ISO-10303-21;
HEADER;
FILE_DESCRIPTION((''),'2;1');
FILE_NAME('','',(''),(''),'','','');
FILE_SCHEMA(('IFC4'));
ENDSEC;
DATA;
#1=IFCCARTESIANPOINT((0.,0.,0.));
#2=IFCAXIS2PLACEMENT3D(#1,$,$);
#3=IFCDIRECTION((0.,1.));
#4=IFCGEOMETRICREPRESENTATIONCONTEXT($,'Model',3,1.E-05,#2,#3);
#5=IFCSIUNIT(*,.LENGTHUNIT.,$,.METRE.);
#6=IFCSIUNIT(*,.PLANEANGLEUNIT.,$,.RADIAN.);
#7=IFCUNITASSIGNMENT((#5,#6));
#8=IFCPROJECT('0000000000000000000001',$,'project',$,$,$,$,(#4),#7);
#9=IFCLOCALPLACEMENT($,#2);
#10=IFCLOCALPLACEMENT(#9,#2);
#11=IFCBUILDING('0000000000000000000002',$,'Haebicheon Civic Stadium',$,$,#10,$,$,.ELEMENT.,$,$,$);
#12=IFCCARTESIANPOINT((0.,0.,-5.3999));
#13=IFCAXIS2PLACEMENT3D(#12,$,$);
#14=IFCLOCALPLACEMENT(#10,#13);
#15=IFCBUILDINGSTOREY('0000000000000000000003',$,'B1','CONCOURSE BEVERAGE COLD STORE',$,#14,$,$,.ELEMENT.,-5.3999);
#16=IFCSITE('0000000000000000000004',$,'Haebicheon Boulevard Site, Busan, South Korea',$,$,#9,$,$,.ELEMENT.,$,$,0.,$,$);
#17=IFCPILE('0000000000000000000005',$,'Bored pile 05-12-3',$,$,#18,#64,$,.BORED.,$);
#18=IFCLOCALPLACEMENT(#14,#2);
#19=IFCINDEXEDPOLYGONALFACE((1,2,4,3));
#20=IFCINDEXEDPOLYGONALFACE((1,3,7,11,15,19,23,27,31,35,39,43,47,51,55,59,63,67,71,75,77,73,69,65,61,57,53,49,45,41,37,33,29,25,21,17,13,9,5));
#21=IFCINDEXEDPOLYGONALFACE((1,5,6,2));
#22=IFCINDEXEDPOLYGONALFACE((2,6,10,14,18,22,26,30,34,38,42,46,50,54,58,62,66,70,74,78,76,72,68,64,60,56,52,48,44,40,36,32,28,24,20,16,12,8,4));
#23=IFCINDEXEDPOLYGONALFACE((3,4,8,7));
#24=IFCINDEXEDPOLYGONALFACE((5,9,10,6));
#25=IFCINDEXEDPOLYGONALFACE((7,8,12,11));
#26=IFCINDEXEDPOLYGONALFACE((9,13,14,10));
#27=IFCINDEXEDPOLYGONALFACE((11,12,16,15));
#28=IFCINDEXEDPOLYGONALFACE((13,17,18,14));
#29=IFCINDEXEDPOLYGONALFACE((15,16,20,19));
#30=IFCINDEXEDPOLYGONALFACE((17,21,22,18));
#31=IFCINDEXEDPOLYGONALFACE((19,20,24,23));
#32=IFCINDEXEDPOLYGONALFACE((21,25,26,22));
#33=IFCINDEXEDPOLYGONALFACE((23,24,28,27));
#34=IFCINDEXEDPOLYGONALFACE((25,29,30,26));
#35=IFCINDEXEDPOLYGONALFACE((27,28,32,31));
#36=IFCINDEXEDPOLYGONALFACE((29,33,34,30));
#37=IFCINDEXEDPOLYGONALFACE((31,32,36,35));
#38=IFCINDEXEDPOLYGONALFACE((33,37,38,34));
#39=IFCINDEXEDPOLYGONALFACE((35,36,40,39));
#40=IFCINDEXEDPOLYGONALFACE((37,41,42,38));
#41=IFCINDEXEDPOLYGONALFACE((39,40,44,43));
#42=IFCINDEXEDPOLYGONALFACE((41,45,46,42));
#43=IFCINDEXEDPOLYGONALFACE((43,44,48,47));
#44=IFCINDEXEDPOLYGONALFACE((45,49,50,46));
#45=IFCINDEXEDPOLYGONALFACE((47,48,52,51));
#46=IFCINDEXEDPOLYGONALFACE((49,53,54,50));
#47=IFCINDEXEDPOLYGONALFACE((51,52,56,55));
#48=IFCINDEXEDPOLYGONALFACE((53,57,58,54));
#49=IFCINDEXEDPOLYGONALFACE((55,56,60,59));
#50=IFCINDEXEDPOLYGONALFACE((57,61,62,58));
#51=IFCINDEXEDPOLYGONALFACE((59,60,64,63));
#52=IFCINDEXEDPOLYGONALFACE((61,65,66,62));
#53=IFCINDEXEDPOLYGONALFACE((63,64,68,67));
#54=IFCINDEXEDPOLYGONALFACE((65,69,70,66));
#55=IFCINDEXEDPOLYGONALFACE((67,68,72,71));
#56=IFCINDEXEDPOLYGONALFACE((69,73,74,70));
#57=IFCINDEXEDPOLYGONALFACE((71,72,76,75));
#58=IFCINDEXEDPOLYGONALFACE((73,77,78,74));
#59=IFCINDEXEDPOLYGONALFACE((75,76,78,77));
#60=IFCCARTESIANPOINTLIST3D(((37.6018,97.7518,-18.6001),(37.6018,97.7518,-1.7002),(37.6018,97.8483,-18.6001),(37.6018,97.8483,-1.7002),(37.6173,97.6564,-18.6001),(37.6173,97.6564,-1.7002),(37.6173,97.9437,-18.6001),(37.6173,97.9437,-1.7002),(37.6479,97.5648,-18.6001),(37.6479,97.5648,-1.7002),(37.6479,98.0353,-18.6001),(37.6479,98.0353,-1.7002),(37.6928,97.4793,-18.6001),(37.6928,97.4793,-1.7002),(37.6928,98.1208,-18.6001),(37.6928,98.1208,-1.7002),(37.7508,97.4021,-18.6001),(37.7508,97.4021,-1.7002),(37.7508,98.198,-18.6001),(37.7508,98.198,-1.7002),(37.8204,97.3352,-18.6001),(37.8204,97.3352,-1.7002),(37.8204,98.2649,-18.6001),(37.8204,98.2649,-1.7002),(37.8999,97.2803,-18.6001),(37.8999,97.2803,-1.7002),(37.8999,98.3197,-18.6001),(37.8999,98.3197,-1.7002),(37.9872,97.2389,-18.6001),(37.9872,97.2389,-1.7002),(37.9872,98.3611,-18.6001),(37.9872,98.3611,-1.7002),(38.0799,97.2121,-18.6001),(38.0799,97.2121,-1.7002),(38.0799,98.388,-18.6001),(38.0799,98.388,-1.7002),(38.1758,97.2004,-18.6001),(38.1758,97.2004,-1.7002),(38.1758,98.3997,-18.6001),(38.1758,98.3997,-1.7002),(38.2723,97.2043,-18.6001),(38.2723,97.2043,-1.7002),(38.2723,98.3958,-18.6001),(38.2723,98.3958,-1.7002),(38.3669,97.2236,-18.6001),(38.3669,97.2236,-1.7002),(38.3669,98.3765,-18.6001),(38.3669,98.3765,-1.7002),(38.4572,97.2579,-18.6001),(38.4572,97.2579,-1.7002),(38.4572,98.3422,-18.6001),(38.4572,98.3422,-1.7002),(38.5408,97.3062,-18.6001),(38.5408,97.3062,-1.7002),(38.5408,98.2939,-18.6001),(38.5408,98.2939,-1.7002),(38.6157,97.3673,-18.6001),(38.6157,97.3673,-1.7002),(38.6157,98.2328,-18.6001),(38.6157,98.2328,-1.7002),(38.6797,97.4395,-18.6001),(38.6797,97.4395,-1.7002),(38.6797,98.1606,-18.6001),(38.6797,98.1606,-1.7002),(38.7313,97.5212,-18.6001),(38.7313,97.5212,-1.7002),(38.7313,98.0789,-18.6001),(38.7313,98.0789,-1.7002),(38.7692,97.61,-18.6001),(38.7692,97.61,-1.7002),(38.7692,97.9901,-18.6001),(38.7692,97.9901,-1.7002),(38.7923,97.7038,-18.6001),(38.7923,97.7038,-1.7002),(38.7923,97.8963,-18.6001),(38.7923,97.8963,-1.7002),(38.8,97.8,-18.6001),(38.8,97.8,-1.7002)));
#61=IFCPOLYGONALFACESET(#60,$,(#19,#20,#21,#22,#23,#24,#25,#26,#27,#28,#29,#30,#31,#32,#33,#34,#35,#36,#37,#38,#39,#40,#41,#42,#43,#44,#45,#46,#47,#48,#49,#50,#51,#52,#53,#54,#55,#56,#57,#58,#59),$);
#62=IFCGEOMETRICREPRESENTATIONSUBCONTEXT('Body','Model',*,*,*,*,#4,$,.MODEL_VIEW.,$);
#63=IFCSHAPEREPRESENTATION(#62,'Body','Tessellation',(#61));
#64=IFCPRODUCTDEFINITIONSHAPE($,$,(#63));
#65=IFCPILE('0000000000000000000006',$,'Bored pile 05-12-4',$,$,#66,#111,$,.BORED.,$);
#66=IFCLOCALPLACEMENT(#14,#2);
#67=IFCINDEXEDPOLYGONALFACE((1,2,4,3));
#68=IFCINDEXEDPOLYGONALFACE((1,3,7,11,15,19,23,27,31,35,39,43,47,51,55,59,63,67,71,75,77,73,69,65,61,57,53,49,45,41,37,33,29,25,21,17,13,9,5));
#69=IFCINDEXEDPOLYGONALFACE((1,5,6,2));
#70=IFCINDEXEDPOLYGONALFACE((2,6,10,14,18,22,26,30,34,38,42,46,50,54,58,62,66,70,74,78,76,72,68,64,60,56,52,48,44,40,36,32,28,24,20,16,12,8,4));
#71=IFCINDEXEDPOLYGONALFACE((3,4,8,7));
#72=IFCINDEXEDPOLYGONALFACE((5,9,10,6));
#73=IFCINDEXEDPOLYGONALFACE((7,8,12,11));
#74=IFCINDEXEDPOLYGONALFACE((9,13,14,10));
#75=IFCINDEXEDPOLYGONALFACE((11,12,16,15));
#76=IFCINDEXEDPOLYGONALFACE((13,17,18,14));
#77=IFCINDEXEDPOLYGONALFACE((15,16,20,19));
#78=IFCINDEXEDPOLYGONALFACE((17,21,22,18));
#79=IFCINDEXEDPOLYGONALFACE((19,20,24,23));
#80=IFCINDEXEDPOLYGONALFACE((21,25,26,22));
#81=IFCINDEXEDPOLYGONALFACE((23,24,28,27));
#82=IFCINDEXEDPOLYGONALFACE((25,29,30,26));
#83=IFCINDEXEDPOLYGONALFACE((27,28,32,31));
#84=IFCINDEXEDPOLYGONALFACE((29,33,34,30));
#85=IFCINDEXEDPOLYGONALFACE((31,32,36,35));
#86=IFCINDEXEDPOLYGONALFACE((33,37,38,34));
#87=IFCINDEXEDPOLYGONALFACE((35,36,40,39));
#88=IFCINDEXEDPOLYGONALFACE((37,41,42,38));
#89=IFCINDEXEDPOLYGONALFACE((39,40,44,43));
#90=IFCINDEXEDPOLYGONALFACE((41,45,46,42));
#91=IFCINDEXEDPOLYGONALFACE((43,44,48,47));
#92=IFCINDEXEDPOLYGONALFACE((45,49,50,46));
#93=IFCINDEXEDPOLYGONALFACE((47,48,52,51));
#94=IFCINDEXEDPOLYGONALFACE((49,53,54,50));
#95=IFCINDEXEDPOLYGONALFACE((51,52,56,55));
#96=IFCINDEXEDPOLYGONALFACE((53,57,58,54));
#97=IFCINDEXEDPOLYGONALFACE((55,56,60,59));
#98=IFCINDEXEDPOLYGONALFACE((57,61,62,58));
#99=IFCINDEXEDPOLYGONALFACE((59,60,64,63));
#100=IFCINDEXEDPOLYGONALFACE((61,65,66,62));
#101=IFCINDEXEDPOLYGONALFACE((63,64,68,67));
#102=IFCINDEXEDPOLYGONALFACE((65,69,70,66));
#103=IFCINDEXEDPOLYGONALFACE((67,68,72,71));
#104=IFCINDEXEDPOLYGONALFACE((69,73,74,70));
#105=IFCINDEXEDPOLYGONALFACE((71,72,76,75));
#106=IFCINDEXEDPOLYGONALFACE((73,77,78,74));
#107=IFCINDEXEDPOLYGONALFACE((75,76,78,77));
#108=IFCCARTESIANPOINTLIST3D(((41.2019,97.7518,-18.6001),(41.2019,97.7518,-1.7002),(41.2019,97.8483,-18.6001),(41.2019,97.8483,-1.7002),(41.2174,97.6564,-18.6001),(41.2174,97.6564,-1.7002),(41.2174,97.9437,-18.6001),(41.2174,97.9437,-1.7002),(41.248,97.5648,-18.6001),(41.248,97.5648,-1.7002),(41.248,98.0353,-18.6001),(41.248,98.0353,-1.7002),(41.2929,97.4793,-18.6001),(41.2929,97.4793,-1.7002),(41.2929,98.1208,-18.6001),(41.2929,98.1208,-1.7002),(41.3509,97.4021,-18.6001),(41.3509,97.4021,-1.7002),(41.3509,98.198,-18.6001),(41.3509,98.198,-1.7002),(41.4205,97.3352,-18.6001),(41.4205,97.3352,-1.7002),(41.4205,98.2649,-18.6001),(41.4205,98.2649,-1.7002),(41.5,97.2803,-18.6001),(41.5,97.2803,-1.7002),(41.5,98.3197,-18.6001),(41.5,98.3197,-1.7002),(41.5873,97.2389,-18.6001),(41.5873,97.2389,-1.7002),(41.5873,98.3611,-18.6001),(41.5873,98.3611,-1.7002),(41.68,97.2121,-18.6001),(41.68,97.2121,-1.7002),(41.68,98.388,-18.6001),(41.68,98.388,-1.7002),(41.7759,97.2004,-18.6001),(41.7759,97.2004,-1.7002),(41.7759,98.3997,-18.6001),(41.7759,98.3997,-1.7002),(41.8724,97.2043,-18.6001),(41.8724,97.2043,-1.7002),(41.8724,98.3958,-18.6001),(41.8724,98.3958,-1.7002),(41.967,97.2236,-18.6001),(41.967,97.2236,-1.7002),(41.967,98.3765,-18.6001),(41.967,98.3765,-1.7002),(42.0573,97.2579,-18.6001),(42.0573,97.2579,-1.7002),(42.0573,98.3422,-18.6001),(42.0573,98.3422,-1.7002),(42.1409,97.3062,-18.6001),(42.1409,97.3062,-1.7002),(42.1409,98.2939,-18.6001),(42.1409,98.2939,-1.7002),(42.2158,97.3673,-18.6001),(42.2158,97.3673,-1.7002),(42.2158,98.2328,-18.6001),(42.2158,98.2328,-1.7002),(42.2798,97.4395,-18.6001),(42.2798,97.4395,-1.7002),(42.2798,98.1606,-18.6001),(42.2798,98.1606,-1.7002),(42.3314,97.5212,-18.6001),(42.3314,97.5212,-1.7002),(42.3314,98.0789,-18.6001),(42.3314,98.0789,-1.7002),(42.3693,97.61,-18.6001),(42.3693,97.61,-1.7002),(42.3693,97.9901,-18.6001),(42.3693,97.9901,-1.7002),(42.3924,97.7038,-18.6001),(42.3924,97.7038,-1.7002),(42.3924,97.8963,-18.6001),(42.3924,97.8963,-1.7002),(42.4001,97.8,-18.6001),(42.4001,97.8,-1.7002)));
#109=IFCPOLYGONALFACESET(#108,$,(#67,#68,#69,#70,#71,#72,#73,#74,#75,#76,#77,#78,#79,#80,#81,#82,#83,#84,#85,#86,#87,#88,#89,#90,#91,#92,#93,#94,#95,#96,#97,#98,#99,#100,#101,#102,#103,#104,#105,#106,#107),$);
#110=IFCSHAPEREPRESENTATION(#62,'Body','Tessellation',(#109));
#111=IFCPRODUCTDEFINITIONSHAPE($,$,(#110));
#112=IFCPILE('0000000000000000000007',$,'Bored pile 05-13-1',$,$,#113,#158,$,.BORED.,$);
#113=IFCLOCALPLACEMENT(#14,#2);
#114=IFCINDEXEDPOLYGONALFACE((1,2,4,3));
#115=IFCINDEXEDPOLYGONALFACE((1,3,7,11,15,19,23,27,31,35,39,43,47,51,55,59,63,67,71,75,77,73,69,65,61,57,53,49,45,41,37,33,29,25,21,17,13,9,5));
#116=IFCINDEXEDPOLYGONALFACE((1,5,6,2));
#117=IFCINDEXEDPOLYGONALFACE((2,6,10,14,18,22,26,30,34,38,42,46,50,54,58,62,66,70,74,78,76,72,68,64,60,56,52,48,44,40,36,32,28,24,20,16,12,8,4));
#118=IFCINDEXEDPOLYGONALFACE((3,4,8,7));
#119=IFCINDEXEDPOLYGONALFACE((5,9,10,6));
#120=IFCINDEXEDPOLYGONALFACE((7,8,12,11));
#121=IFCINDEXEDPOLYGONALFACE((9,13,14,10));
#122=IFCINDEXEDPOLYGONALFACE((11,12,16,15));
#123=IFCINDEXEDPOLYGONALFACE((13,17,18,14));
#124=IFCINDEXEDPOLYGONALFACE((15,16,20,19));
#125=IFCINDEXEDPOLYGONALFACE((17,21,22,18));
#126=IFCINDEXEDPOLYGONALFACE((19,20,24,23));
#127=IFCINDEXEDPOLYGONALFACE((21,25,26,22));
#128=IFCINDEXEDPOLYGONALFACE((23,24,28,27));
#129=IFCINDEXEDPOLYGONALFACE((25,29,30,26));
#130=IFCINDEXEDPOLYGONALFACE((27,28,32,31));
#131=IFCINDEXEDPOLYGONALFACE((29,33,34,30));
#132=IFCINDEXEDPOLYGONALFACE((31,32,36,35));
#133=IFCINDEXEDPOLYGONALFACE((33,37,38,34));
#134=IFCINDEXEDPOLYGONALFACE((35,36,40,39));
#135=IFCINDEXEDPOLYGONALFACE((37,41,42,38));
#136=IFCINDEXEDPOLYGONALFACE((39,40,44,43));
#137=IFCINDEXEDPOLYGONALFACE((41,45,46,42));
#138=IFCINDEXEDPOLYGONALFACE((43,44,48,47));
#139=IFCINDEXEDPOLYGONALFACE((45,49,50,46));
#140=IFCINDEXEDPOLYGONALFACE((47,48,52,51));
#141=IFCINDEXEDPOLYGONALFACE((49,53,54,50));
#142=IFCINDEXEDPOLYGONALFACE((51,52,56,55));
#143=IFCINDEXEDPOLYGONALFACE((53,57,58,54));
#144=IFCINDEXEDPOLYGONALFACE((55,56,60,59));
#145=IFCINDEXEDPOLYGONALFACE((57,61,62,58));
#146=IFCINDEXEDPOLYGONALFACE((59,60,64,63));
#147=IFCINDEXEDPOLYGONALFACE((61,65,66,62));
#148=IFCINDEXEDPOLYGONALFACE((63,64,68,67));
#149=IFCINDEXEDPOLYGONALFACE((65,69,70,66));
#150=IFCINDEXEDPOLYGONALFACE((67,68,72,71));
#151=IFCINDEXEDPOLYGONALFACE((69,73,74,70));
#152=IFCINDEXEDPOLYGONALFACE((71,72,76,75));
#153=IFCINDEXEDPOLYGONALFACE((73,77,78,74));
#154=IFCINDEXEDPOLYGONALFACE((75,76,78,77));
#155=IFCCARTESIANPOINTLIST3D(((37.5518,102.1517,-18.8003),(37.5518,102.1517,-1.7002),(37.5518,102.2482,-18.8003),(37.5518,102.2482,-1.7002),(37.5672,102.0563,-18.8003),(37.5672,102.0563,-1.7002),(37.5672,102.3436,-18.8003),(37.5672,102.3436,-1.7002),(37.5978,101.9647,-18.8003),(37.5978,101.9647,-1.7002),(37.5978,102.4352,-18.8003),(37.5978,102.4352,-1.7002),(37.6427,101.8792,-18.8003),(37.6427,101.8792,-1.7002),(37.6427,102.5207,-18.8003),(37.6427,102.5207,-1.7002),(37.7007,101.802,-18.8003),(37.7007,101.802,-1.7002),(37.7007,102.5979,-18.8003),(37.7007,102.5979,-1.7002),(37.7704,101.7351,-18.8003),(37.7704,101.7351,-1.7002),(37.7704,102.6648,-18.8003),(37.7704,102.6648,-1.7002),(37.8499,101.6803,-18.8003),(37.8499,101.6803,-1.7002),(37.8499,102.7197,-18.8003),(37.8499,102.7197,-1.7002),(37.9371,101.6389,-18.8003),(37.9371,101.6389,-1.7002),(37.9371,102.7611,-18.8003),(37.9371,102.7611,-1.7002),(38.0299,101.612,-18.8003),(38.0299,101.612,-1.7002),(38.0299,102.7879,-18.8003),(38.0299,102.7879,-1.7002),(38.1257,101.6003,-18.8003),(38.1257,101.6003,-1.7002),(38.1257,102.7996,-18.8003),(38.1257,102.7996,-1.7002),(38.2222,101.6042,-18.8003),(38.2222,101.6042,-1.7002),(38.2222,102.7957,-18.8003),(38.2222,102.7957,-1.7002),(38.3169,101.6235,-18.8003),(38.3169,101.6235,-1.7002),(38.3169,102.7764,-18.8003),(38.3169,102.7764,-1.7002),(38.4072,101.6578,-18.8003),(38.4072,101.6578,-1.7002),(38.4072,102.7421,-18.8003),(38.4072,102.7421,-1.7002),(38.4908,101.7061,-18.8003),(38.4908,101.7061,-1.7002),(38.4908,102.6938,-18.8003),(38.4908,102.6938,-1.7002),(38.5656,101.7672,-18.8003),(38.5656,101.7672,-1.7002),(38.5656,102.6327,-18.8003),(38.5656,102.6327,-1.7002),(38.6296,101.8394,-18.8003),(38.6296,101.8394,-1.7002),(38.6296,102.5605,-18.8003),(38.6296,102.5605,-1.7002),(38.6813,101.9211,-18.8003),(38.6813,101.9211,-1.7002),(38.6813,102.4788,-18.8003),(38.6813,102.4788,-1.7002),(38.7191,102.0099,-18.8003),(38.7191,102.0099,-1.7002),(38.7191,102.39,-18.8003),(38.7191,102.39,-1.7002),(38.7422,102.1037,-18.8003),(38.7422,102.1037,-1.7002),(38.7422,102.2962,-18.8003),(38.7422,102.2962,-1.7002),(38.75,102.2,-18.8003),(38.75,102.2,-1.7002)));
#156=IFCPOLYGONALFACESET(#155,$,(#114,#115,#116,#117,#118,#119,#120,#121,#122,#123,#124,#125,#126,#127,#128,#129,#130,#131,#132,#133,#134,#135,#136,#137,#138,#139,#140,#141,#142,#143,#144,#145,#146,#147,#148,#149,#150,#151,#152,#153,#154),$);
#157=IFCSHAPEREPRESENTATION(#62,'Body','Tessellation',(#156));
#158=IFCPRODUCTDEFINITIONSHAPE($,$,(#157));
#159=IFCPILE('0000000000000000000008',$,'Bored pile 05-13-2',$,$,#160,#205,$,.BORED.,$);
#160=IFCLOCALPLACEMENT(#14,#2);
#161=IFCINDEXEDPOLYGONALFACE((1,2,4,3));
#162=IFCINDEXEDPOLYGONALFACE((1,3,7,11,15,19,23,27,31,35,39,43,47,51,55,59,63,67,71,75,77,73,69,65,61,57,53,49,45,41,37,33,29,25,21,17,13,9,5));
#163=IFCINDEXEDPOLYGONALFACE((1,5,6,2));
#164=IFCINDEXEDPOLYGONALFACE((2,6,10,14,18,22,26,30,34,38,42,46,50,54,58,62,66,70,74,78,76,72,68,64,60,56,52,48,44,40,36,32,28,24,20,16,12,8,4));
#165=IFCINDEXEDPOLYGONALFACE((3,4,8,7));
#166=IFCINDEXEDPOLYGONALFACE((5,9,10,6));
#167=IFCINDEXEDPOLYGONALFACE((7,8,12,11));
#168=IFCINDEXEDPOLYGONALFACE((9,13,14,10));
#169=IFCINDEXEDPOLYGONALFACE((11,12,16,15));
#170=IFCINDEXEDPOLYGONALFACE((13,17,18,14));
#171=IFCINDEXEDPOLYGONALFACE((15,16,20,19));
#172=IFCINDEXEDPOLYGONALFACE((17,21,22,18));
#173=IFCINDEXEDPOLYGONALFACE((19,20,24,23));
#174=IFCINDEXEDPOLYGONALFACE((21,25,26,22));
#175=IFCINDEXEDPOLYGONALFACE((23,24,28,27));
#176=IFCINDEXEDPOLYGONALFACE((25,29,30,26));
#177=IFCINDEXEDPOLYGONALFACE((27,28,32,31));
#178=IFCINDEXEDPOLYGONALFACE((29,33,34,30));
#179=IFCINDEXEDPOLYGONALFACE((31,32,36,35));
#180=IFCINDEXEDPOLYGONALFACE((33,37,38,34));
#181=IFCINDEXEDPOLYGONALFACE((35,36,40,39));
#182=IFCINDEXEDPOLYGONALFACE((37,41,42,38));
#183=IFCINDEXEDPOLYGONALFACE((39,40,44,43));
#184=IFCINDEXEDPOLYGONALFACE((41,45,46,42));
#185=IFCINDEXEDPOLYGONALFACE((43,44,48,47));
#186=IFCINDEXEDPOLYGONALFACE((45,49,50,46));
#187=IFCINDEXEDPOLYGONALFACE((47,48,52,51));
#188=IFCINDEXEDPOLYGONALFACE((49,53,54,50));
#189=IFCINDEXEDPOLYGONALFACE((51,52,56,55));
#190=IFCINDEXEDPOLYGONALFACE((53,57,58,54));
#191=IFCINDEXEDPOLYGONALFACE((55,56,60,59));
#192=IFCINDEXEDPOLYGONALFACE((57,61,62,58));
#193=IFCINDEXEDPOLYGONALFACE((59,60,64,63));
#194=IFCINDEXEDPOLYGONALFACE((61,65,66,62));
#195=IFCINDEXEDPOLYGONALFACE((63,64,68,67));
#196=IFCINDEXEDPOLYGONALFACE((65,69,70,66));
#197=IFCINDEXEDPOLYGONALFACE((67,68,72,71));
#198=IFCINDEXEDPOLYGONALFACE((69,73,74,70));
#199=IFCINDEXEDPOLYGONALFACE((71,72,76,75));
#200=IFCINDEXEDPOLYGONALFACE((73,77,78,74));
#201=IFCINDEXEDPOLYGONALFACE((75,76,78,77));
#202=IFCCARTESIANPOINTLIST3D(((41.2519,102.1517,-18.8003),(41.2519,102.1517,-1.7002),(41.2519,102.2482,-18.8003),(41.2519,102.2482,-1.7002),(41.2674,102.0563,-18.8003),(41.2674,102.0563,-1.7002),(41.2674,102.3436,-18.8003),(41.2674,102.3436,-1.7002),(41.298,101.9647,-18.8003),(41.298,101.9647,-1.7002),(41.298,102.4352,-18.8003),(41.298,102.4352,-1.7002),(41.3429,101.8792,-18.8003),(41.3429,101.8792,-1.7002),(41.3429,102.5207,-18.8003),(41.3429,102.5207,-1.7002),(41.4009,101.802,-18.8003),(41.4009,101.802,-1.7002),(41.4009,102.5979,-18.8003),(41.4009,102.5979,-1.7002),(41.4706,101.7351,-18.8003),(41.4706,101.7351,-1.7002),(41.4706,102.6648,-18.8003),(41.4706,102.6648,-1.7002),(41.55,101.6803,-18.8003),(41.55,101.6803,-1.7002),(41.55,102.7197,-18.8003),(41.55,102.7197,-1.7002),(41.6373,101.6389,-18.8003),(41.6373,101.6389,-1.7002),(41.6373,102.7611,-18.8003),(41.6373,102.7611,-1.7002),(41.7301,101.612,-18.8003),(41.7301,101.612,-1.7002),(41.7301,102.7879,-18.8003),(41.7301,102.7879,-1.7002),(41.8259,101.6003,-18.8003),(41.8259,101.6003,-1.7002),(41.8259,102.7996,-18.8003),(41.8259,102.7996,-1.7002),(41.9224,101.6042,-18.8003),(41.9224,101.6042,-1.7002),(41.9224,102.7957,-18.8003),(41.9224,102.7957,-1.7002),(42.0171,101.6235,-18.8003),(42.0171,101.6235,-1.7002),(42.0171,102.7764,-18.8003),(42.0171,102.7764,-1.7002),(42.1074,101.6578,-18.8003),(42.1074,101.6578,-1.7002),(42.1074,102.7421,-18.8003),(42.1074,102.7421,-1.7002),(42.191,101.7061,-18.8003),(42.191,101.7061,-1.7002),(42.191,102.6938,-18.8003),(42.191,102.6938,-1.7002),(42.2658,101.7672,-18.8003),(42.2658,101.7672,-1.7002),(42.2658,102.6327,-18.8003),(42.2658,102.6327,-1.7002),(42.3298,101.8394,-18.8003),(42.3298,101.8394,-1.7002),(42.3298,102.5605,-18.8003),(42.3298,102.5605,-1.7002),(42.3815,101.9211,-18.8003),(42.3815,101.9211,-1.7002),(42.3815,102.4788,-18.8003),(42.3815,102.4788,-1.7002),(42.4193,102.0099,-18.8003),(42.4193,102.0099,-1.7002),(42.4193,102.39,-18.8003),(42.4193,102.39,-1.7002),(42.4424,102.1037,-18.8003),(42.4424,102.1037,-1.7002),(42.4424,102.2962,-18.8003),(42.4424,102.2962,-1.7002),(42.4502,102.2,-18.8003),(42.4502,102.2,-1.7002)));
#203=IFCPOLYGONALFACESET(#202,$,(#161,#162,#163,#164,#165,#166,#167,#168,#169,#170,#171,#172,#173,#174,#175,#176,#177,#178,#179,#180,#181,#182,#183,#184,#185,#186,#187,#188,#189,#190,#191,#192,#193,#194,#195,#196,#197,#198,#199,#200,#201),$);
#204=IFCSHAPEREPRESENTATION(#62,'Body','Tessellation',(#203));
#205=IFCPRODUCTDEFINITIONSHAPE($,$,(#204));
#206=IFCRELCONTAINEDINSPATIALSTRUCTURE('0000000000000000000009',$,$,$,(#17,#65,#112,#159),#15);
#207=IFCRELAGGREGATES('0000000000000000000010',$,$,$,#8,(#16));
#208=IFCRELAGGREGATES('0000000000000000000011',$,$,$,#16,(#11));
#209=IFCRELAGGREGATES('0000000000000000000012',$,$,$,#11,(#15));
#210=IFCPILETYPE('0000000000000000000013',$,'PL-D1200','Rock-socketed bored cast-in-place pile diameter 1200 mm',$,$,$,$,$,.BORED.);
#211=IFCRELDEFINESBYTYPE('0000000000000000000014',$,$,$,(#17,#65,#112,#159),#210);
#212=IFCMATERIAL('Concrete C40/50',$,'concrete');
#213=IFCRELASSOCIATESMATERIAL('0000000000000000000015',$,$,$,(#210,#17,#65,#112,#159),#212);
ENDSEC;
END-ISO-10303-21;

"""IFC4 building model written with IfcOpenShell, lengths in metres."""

from ifc_helpers import new_model, si_unit, direction, frame, origin, origin_2d, place, context, subcontext, project, spatial, circle, extrude, material, material_profile, profile_set, type_object, element, save


model = new_model("IFC4")

# Units and contexts
model_context = context("Model", 3, precision=1e-05, world=origin(), true_north=direction((0.0, 1.0)))
body_context = subcontext(model_context, "Body", "Model", "MODEL_VIEW")
ifc_project = project(units=[si_unit("LENGTHUNIT", "METRE"), si_unit("PLANEANGLEUNIT", "RADIAN")], contexts=[model_context])

# Site, building, storey
site_placement = place(None, origin())
site = spatial("IfcSite", under=ifc_project, at=site_placement, Name="Haebicheon Boulevard Site, Busan, South Korea", CompositionType="ELEMENT", RefElevation=0.0)
building_placement = place(site_placement, origin())
building = spatial("IfcBuilding", under=site, at=building_placement, Name="Haebicheon Civic Stadium", CompositionType="ELEMENT")
storey_placement = place(building_placement, frame((0.0, 0.0, -5.3999)))
storey = spatial("IfcBuildingStorey", under=building, at=storey_placement, Name="B1", Description="CONCOURSE BEVERAGE COLD STORE", CompositionType="ELEMENT", Elevation=-5.3999)

# Piles
ifc_material_1 = material(Name="Concrete C40/50", Category="concrete")
ifc_material_profile_1 = material_profile(ifc_material_1, circle(Radius=0.6001, at=origin_2d()), Name="PILE-D1200")
ifc_profile_set_1 = profile_set([ifc_material_profile_1], Name="Concrete C40/50")
pile_type = type_object("IfcPileType", Name="PL-D1200", Description="Rock-socketed bored cast-in-place pile diameter 1200 mm", PredefinedType="BORED", material=ifc_profile_set_1)
for number, where, z_axis, x_axis, name in (
    (1, (38.2, 97.8, -1.7002), (0.0, 0.0, -1.0), (1.0, 0.0, 0.0), "Bored pile 05-12-3"),
    (2, (41.8, 97.8, -1.7002), (0.0, 0.0, -1.0), (1.0, 0.0, 0.0), "Bored pile 05-12-4"),
):
    element("IfcPile", number, at=place(storey_placement, frame(where, z_axis=z_axis, x_axis=x_axis)), inside=storey, type_object=pile_type, material=ifc_profile_set_1, Name=name, PredefinedType="BORED", context=body_context, shape_type="SweptSolid", body=[
        extrude(circle(Radius=0.6001, at=origin_2d()), origin(), (0.0, 0.0, 1.0), 16.8999),
    ])
for number, where, z_axis, x_axis, name in (
    (3, (38.1499, 102.2, -1.7002), (0.0, 0.0, -1.0), (1.0, 0.0, 0.0), "Bored pile 05-13-1"),
    (4, (41.8501, 102.2, -1.7002), (0.0, 0.0, -1.0), (1.0, 0.0, 0.0), "Bored pile 05-13-2"),
):
    element("IfcPile", number, at=place(storey_placement, frame(where, z_axis=z_axis, x_axis=x_axis)), inside=storey, type_object=pile_type, material=ifc_profile_set_1, Name=name, PredefinedType="BORED", context=body_context, shape_type="SweptSolid", body=[
        extrude(circle(Radius=0.6001, at=origin_2d()), origin(), (0.0, 0.0, 1.0), 17.1001),
    ])

save(model, "model.ifc")
